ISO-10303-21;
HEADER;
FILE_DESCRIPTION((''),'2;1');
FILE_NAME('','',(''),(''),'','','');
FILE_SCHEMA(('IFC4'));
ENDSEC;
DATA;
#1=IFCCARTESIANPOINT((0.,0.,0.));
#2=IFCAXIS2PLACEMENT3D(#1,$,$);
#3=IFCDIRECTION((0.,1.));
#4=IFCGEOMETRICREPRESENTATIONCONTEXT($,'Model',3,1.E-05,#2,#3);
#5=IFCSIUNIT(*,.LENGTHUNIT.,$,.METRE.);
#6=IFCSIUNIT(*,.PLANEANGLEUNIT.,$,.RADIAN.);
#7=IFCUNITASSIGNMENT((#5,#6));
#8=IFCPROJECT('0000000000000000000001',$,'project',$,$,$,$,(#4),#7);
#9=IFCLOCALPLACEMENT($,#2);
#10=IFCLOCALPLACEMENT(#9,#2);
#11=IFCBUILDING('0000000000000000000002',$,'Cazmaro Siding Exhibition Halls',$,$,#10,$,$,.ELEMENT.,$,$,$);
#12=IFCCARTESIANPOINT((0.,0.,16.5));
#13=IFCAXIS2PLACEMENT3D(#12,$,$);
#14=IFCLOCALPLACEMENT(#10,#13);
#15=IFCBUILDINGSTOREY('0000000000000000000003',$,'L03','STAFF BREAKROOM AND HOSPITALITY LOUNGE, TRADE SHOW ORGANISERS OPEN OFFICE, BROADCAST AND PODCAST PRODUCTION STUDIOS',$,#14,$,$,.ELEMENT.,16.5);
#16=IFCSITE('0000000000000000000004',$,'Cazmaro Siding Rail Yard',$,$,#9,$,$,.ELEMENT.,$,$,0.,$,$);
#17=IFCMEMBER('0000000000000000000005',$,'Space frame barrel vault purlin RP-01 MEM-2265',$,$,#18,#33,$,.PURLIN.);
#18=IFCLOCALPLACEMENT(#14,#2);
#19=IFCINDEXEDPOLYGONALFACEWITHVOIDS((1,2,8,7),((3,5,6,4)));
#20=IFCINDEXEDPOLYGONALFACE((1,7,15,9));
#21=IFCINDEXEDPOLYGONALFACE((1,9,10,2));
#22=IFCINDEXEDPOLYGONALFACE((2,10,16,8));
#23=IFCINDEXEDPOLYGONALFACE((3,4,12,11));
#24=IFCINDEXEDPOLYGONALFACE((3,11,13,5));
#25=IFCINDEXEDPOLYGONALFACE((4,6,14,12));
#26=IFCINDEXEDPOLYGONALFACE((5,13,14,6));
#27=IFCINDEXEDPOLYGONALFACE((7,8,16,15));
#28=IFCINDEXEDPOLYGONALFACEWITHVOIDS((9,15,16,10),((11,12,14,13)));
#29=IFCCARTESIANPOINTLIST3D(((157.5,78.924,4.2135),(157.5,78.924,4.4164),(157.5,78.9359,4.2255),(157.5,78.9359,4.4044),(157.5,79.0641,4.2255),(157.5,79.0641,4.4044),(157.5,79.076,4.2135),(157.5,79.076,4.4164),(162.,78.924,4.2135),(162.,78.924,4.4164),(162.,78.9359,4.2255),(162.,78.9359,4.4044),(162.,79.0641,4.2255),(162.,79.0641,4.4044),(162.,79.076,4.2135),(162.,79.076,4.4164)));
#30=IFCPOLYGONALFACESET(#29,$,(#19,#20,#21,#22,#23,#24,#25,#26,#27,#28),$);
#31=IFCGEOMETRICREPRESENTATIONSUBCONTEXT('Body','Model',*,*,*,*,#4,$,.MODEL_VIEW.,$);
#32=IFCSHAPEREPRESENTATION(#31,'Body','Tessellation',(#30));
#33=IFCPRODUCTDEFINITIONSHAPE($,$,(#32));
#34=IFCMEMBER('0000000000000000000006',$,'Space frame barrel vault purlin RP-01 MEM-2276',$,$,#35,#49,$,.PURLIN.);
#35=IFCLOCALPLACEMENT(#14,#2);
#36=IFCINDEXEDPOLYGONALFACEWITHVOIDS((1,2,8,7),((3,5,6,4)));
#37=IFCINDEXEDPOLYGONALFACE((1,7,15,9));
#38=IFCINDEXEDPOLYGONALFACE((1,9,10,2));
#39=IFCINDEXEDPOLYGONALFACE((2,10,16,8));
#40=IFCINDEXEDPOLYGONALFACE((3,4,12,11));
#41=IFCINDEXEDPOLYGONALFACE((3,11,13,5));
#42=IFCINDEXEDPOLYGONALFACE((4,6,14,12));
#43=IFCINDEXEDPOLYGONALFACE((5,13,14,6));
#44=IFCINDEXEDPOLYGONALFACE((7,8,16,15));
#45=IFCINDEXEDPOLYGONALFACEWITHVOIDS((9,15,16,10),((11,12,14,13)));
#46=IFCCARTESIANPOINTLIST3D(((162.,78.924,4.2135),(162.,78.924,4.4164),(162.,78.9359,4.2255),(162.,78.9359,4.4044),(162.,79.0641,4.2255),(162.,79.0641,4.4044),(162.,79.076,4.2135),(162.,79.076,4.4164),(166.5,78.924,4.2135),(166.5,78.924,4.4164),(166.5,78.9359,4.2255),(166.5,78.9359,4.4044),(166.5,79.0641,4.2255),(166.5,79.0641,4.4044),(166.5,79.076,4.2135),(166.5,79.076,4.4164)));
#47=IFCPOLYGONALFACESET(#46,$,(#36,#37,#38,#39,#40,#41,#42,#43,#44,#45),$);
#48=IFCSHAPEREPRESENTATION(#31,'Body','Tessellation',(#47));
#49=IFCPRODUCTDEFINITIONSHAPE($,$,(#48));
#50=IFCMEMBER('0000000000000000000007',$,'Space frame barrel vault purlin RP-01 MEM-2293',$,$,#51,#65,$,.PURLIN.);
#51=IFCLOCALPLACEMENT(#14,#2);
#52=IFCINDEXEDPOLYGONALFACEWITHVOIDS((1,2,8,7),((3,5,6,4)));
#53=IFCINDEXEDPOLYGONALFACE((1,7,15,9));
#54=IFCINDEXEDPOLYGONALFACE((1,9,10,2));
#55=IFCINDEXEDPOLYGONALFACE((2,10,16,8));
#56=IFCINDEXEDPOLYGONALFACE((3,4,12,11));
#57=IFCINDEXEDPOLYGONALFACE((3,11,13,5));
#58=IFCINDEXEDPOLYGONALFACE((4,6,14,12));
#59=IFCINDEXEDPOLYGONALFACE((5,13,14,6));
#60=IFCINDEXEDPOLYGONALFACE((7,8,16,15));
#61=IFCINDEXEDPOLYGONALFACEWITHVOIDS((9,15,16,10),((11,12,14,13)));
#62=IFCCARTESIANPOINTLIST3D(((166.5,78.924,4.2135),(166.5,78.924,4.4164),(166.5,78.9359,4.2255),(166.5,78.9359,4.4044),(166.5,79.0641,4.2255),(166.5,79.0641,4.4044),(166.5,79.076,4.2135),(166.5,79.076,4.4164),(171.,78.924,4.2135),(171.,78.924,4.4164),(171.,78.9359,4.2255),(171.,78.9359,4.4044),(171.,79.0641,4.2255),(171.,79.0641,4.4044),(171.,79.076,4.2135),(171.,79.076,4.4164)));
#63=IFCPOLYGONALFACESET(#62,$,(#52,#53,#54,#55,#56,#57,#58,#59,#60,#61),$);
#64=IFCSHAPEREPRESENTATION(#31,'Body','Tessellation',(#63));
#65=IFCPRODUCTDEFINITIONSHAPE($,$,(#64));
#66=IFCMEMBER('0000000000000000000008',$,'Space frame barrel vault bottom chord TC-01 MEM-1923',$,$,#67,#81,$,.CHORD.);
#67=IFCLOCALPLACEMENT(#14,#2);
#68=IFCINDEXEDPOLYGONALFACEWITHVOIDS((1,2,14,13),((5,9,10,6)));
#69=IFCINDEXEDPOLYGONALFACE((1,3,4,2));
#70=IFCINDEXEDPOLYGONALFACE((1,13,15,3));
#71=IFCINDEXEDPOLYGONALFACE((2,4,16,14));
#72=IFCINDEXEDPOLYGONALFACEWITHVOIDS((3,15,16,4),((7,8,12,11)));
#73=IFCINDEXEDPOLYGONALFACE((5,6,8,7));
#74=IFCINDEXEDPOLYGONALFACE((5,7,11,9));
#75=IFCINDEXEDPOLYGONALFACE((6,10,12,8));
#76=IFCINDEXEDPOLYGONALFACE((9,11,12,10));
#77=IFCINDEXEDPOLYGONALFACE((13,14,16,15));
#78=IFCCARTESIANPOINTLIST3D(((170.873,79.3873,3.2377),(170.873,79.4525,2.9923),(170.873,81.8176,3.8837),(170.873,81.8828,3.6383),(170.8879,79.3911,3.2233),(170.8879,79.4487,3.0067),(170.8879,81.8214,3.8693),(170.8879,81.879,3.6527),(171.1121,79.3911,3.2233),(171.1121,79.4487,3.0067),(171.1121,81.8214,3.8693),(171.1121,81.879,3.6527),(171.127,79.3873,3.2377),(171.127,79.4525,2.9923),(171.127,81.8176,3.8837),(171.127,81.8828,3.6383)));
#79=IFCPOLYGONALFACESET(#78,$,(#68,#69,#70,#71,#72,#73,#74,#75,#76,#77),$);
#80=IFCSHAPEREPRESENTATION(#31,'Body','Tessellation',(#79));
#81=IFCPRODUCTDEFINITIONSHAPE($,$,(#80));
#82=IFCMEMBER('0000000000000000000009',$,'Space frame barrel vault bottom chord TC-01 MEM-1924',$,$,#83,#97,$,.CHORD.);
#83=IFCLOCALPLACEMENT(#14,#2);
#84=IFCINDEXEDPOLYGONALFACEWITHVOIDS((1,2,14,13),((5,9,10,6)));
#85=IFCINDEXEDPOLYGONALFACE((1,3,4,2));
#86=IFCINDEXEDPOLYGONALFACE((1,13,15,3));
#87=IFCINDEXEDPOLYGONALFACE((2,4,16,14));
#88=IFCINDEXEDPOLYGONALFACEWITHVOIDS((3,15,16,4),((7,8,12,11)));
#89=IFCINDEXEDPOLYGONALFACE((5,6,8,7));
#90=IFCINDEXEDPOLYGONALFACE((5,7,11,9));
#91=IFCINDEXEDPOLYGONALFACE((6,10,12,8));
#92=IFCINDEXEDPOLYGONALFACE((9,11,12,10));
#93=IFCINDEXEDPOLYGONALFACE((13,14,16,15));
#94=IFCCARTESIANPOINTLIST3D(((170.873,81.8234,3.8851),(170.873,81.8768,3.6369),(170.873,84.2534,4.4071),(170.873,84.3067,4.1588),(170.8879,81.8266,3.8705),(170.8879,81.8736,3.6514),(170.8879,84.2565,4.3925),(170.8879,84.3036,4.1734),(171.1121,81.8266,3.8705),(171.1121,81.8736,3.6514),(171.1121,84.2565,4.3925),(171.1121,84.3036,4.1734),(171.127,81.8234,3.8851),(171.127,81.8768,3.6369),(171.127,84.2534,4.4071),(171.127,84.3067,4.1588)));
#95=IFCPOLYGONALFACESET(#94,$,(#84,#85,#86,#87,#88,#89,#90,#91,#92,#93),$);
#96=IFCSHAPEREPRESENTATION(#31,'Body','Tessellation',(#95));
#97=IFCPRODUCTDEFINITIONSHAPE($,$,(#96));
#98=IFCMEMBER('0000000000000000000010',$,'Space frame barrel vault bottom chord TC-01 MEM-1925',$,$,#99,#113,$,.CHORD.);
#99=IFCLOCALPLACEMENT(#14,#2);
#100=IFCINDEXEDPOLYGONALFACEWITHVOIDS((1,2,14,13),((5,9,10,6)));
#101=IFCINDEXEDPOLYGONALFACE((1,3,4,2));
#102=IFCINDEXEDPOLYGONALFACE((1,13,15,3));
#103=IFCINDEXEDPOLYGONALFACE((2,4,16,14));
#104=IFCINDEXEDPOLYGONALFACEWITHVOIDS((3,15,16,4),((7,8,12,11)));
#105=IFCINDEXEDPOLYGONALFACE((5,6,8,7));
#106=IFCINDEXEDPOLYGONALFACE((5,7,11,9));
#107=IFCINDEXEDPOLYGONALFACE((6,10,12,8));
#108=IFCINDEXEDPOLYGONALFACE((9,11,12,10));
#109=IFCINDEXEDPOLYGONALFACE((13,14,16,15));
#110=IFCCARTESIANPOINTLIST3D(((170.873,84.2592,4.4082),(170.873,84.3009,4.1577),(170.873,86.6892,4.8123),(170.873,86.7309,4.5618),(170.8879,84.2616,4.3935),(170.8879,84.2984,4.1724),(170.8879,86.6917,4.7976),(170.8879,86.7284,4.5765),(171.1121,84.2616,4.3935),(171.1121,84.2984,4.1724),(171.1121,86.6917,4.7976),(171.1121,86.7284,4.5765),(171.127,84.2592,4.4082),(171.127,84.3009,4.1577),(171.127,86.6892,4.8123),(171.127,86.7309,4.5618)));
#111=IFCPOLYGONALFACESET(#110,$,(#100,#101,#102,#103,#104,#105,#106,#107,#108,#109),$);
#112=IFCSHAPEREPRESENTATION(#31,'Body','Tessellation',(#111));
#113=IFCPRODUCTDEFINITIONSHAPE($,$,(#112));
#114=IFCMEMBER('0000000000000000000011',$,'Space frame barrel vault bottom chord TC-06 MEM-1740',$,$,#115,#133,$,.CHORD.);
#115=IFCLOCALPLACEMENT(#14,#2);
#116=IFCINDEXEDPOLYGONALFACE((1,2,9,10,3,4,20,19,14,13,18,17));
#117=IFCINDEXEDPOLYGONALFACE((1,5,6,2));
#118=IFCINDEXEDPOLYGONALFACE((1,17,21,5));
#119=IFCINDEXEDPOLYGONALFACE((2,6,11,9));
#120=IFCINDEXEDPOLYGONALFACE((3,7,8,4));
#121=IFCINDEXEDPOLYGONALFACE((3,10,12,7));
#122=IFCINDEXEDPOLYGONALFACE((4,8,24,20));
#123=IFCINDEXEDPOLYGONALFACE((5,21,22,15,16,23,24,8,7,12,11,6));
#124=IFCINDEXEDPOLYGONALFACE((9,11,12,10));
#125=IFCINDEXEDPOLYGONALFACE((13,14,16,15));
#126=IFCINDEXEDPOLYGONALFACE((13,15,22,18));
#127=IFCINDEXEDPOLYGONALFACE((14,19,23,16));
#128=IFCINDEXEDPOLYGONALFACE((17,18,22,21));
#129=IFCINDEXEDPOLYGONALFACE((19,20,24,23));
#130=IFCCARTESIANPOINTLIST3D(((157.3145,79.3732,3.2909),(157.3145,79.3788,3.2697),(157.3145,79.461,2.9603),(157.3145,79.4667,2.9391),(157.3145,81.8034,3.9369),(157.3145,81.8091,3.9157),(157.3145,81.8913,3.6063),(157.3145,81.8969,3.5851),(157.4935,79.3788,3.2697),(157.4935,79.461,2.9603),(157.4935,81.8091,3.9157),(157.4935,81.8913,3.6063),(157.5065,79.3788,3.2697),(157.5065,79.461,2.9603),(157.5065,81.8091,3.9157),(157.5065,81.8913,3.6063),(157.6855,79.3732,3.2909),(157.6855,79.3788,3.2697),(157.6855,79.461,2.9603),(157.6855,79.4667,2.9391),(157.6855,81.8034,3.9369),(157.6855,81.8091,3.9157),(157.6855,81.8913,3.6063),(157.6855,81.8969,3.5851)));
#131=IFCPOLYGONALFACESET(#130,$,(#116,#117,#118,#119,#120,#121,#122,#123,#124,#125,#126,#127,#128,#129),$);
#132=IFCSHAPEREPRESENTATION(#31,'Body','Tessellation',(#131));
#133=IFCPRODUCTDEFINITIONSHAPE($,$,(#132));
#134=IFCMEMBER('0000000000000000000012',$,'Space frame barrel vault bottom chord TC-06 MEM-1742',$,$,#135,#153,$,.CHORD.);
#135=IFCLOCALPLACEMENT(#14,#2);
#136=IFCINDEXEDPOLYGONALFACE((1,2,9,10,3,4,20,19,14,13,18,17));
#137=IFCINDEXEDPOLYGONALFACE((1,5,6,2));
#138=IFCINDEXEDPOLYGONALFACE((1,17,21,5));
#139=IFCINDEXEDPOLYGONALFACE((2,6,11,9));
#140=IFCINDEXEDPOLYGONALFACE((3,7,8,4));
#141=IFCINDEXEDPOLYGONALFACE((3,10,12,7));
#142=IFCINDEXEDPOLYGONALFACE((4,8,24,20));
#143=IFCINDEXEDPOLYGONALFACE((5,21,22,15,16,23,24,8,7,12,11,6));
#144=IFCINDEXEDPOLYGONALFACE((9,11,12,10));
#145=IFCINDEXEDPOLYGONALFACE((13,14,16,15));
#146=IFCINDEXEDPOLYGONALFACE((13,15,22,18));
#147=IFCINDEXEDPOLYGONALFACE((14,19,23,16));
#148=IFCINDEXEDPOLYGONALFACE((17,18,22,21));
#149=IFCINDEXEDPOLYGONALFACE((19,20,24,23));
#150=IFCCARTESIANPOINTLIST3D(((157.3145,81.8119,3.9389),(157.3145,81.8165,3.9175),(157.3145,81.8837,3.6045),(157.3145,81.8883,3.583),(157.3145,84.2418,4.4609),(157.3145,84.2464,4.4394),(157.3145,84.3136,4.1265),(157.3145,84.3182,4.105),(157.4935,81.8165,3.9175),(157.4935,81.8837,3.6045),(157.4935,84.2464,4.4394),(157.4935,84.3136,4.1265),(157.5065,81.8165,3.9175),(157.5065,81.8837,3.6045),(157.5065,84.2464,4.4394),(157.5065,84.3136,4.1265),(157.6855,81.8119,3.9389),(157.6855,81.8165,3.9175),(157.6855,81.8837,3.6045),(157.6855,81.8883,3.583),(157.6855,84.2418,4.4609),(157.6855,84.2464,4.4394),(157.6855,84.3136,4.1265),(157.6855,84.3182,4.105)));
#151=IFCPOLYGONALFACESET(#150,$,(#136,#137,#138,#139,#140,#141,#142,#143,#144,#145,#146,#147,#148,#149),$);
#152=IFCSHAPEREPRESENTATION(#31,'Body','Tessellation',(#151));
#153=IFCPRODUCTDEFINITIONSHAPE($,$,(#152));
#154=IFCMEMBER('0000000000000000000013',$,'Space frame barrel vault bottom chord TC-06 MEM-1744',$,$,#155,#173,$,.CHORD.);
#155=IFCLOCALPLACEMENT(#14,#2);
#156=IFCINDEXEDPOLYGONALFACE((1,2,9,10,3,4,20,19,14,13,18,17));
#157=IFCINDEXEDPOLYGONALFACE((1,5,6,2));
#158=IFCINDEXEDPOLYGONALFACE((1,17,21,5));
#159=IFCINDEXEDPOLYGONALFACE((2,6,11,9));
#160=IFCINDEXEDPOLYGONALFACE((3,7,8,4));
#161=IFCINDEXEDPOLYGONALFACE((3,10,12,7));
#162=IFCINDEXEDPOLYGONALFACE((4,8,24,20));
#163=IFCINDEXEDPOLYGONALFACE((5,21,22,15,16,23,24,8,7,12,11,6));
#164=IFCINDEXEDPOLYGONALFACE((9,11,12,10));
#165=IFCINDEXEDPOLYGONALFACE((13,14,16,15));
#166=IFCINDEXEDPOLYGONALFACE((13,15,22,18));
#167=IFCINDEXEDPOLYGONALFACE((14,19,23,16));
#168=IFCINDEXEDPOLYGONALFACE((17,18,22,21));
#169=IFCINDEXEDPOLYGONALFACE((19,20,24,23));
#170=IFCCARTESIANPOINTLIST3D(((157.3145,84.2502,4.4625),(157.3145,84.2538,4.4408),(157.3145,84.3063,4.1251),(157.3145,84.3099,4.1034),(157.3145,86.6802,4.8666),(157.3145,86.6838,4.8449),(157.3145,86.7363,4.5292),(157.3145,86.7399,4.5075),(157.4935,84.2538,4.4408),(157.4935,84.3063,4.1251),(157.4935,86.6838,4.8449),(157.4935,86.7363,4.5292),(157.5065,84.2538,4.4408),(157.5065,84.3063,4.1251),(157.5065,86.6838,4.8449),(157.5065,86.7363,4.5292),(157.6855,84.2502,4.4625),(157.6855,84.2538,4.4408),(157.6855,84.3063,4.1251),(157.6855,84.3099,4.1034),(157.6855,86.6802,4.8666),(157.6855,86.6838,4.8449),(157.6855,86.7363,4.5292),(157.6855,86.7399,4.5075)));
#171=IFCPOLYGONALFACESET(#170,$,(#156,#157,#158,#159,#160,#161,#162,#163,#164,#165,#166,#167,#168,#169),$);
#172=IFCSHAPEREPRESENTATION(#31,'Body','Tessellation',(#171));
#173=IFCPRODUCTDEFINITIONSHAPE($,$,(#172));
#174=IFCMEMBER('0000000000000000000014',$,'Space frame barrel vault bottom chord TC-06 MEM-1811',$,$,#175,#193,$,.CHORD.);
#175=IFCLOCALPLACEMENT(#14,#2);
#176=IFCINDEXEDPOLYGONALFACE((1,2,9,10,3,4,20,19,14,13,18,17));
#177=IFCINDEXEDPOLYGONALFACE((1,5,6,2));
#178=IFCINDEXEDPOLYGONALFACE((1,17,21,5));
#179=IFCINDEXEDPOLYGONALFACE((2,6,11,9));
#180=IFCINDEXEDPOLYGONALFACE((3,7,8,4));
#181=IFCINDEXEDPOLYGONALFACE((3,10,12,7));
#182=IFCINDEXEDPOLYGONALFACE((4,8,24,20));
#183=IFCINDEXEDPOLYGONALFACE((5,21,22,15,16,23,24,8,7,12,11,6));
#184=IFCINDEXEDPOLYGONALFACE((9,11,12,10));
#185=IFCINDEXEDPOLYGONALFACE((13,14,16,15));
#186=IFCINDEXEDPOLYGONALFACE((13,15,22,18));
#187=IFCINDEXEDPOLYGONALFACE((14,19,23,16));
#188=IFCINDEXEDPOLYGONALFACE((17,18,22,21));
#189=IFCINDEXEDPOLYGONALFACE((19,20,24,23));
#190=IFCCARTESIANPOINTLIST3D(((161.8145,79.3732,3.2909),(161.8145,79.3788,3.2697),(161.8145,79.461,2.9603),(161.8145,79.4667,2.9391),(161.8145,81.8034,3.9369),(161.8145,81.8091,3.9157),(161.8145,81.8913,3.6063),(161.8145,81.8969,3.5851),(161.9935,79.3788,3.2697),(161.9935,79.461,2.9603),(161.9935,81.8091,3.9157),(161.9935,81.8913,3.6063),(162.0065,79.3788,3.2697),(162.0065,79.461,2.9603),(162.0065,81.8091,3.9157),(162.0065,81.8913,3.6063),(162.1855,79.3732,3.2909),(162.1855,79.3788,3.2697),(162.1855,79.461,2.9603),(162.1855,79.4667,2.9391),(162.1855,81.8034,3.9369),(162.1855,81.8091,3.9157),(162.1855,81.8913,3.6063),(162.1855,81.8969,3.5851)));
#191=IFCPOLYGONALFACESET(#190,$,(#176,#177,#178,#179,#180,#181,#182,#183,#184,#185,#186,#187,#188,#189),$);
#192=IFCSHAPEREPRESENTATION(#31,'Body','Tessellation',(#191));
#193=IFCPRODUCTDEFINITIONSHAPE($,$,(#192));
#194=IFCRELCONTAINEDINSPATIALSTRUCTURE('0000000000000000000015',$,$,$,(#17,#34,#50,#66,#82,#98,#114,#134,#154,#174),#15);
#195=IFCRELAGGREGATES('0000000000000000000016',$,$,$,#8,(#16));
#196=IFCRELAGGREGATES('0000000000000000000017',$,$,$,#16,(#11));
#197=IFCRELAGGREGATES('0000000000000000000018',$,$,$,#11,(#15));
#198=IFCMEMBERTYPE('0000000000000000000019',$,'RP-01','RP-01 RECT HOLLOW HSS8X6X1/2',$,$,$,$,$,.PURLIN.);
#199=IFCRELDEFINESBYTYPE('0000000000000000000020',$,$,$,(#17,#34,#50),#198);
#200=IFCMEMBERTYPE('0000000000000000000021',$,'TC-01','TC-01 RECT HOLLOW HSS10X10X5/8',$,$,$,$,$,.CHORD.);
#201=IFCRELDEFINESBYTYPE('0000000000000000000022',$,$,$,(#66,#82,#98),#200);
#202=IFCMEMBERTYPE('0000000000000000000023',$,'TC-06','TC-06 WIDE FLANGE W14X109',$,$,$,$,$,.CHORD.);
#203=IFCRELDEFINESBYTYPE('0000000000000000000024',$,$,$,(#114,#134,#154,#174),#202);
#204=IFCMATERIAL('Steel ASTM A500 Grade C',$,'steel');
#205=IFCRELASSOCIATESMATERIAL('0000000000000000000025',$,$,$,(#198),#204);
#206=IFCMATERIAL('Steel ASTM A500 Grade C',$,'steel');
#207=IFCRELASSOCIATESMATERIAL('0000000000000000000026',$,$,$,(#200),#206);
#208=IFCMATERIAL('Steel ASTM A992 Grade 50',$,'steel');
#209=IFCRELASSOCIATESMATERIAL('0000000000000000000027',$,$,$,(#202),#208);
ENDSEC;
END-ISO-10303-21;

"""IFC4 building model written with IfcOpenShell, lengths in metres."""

from ifc_helpers import new_model, si_unit, direction, frame, origin, origin_2d, place, context, subcontext, project, spatial, hollow_rectangle, i_section, extrude, material, material_profile, profile_set, type_object, element, save


model = new_model("IFC4")

# Units and contexts
model_context = context("Model", 3, precision=1e-05, world=origin(), true_north=direction((0.0, 1.0)))
body_context = subcontext(model_context, "Body", "Model", "MODEL_VIEW")
ifc_project = project(units=[si_unit("LENGTHUNIT", "METRE"), si_unit("PLANEANGLEUNIT", "RADIAN")], contexts=[model_context])

# Site, building, storey
site_placement = place(None, origin())
site = spatial("IfcSite", under=ifc_project, at=site_placement, Name="Cazmaro Siding Rail Yard", CompositionType="ELEMENT", RefElevation=0.0)
building_placement = place(site_placement, origin())
building = spatial("IfcBuilding", under=site, at=building_placement, Name="Cazmaro Siding Exhibition Halls", CompositionType="ELEMENT")
storey_placement = place(building_placement, frame((0.0, 0.0, 16.5)))
storey = spatial("IfcBuildingStorey", under=building, at=storey_placement, Name="L03", Description="STAFF BREAKROOM AND HOSPITALITY LOUNGE, TRADE SHOW ORGANISERS OPEN OFFICE, BROADCAST AND PODCAST PRODUCTION STUDIOS", CompositionType="ELEMENT", Elevation=16.5)

# Members
ifc_material_1 = material(Name="Steel ASTM A500 Grade C", Category="steel")
ifc_material_profile_1 = material_profile(ifc_material_1, hollow_rectangle(XDim=0.1521, YDim=0.2029, WallThickness=0.012, at=origin_2d()), Name="HSS8X6X1/2")
ifc_profile_set_1 = profile_set([ifc_material_profile_1], Name="Steel ASTM A500 Grade C")
member_type_1 = type_object("IfcMemberType", Name="RP-01", Description="RP-01 RECT HOLLOW HSS8X6X1/2", PredefinedType="PURLIN", material=ifc_profile_set_1)
for number, where, z_axis, x_axis, name in (
    (1, (157.5, 79.0, 4.3149), (1.0, 0.0, 0.0), (0.0, 1.0, 0.0), "Space frame barrel vault purlin RP-01 MEM-2265"),
    (2, (162.0, 79.0, 4.3149), (1.0, 0.0, 0.0), (0.0, 1.0, 0.0), "Space frame barrel vault purlin RP-01 MEM-2276"),
    (3, (166.5, 79.0, 4.3149), (1.0, 0.0, 0.0), (0.0, 1.0, 0.0), "Space frame barrel vault purlin RP-01 MEM-2293"),
):
    element("IfcMember", number, at=place(storey_placement, frame(where, z_axis=z_axis, x_axis=x_axis)), inside=storey, type_object=member_type_1, Name=name, PredefinedType="PURLIN", context=body_context, shape_type="SweptSolid", body=[
        extrude(hollow_rectangle(XDim=0.1521, YDim=0.2029, WallThickness=0.012, at=origin_2d()), origin(), (0.0, 0.0, 1.0), 4.5),
    ])
ifc_material_2 = material(Name="Steel ASTM A500 Grade C", Category="steel")
ifc_material_profile_2 = material_profile(ifc_material_2, hollow_rectangle(XDim=0.2539, YDim=0.2539, WallThickness=0.0149, at=origin_2d()), Name="HSS10X10X5/8")
ifc_profile_set_2 = profile_set([ifc_material_profile_2], Name="Steel ASTM A500 Grade C")
member_type_2 = type_object("IfcMemberType", Name="TC-01", Description="TC-01 RECT HOLLOW HSS10X10X5/8", PredefinedType="CHORD", material=ifc_profile_set_2)
member_1_placement = place(storey_placement, frame((171.0, 79.4199, 3.115), z_axis=(0.0, 0.966438, 0.256901), x_axis=(-1.0, 0.0, 0.0)))
element("IfcMember", 4, at=member_1_placement, inside=storey, type_object=member_type_2, Name="Space frame barrel vault bottom chord TC-01 MEM-1923", PredefinedType="CHORD", context=body_context, shape_type="SweptSolid", body=[
    extrude(hollow_rectangle(XDim=0.2539, YDim=0.2539, WallThickness=0.0149, at=origin_2d()), origin(), (0.0, 0.0, 1.0), 2.5146),
])
member_2_placement = place(storey_placement, frame((171.0, 81.8501, 3.761), z_axis=(0.0, 0.977697, 0.210019), x_axis=(-1.0, 0.0, 0.0)))
element("IfcMember", 5, at=member_2_placement, inside=storey, type_object=member_type_2, Name="Space frame barrel vault bottom chord TC-01 MEM-1924", PredefinedType="CHORD", context=body_context, shape_type="SweptSolid", body=[
    extrude(hollow_rectangle(XDim=0.2539, YDim=0.2539, WallThickness=0.0149, at=origin_2d()), origin(), (0.0, 0.0, 1.0), 2.4854),
])
member_3_placement = place(storey_placement, frame((171.0, 84.28, 4.283), z_axis=(0.0, 0.986455, 0.164029), x_axis=(-1.0, 0.0, 0.0)))
element("IfcMember", 6, at=member_3_placement, inside=storey, type_object=member_type_2, Name="Space frame barrel vault bottom chord TC-01 MEM-1925", PredefinedType="CHORD", context=body_context, shape_type="SweptSolid", body=[
    extrude(hollow_rectangle(XDim=0.2539, YDim=0.2539, WallThickness=0.0149, at=origin_2d()), origin(), (0.0, 0.0, 1.0), 2.4634),
])
ifc_material_3 = material(Name="Steel ASTM A992 Grade 50", Category="steel")
ifc_material_profile_3 = material_profile(ifc_material_3, i_section(OverallWidth=0.3711, OverallDepth=0.364, WebThickness=0.0129, FlangeThickness=0.022, at=origin_2d()), Name="W14X109")
ifc_profile_set_3 = profile_set([ifc_material_profile_3], Name="Steel ASTM A992 Grade 50")
member_type_3 = type_object("IfcMemberType", Name="TC-06", Description="TC-06 WIDE FLANGE W14X109", PredefinedType="CHORD", material=ifc_profile_set_3)
member_4_placement = place(storey_placement, frame((157.5, 79.4199, 3.115), z_axis=(0.0, 0.966438, 0.256901), x_axis=(-1.0, 0.0, 0.0)))
element("IfcMember", 7, at=member_4_placement, inside=storey, type_object=member_type_3, Name="Space frame barrel vault bottom chord TC-06 MEM-1740", PredefinedType="CHORD", context=body_context, shape_type="SweptSolid", body=[
    extrude(i_section(OverallWidth=0.3711, OverallDepth=0.364, WebThickness=0.0129, FlangeThickness=0.022, at=origin_2d()), origin(), (0.0, 0.0, 1.0), 2.5146),
])
member_5_placement = place(storey_placement, frame((157.5, 81.8501, 3.761), z_axis=(0.0, 0.977697, 0.210019), x_axis=(-1.0, 0.0, 0.0)))
element("IfcMember", 8, at=member_5_placement, inside=storey, type_object=member_type_3, Name="Space frame barrel vault bottom chord TC-06 MEM-1742", PredefinedType="CHORD", context=body_context, shape_type="SweptSolid", body=[
    extrude(i_section(OverallWidth=0.3711, OverallDepth=0.364, WebThickness=0.0129, FlangeThickness=0.022, at=origin_2d()), origin(), (0.0, 0.0, 1.0), 2.4854),
])
member_6_placement = place(storey_placement, frame((157.5, 84.28, 4.283), z_axis=(0.0, 0.986455, 0.164029), x_axis=(-1.0, 0.0, 0.0)))
element("IfcMember", 9, at=member_6_placement, inside=storey, type_object=member_type_3, Name="Space frame barrel vault bottom chord TC-06 MEM-1744", PredefinedType="CHORD", context=body_context, shape_type="SweptSolid", body=[
    extrude(i_section(OverallWidth=0.3711, OverallDepth=0.364, WebThickness=0.0129, FlangeThickness=0.022, at=origin_2d()), origin(), (0.0, 0.0, 1.0), 2.4634),
])
member_7_placement = place(storey_placement, frame((162.0, 79.4199, 3.115), z_axis=(0.0, 0.966438, 0.256901), x_axis=(-1.0, 0.0, 0.0)))
element("IfcMember", 10, at=member_7_placement, inside=storey, type_object=member_type_3, Name="Space frame barrel vault bottom chord TC-06 MEM-1811", PredefinedType="CHORD", context=body_context, shape_type="SweptSolid", body=[
    extrude(i_section(OverallWidth=0.3711, OverallDepth=0.364, WebThickness=0.0129, FlangeThickness=0.022, at=origin_2d()), origin(), (0.0, 0.0, 1.0), 2.5146),
])

save(model, "model.ifc")
